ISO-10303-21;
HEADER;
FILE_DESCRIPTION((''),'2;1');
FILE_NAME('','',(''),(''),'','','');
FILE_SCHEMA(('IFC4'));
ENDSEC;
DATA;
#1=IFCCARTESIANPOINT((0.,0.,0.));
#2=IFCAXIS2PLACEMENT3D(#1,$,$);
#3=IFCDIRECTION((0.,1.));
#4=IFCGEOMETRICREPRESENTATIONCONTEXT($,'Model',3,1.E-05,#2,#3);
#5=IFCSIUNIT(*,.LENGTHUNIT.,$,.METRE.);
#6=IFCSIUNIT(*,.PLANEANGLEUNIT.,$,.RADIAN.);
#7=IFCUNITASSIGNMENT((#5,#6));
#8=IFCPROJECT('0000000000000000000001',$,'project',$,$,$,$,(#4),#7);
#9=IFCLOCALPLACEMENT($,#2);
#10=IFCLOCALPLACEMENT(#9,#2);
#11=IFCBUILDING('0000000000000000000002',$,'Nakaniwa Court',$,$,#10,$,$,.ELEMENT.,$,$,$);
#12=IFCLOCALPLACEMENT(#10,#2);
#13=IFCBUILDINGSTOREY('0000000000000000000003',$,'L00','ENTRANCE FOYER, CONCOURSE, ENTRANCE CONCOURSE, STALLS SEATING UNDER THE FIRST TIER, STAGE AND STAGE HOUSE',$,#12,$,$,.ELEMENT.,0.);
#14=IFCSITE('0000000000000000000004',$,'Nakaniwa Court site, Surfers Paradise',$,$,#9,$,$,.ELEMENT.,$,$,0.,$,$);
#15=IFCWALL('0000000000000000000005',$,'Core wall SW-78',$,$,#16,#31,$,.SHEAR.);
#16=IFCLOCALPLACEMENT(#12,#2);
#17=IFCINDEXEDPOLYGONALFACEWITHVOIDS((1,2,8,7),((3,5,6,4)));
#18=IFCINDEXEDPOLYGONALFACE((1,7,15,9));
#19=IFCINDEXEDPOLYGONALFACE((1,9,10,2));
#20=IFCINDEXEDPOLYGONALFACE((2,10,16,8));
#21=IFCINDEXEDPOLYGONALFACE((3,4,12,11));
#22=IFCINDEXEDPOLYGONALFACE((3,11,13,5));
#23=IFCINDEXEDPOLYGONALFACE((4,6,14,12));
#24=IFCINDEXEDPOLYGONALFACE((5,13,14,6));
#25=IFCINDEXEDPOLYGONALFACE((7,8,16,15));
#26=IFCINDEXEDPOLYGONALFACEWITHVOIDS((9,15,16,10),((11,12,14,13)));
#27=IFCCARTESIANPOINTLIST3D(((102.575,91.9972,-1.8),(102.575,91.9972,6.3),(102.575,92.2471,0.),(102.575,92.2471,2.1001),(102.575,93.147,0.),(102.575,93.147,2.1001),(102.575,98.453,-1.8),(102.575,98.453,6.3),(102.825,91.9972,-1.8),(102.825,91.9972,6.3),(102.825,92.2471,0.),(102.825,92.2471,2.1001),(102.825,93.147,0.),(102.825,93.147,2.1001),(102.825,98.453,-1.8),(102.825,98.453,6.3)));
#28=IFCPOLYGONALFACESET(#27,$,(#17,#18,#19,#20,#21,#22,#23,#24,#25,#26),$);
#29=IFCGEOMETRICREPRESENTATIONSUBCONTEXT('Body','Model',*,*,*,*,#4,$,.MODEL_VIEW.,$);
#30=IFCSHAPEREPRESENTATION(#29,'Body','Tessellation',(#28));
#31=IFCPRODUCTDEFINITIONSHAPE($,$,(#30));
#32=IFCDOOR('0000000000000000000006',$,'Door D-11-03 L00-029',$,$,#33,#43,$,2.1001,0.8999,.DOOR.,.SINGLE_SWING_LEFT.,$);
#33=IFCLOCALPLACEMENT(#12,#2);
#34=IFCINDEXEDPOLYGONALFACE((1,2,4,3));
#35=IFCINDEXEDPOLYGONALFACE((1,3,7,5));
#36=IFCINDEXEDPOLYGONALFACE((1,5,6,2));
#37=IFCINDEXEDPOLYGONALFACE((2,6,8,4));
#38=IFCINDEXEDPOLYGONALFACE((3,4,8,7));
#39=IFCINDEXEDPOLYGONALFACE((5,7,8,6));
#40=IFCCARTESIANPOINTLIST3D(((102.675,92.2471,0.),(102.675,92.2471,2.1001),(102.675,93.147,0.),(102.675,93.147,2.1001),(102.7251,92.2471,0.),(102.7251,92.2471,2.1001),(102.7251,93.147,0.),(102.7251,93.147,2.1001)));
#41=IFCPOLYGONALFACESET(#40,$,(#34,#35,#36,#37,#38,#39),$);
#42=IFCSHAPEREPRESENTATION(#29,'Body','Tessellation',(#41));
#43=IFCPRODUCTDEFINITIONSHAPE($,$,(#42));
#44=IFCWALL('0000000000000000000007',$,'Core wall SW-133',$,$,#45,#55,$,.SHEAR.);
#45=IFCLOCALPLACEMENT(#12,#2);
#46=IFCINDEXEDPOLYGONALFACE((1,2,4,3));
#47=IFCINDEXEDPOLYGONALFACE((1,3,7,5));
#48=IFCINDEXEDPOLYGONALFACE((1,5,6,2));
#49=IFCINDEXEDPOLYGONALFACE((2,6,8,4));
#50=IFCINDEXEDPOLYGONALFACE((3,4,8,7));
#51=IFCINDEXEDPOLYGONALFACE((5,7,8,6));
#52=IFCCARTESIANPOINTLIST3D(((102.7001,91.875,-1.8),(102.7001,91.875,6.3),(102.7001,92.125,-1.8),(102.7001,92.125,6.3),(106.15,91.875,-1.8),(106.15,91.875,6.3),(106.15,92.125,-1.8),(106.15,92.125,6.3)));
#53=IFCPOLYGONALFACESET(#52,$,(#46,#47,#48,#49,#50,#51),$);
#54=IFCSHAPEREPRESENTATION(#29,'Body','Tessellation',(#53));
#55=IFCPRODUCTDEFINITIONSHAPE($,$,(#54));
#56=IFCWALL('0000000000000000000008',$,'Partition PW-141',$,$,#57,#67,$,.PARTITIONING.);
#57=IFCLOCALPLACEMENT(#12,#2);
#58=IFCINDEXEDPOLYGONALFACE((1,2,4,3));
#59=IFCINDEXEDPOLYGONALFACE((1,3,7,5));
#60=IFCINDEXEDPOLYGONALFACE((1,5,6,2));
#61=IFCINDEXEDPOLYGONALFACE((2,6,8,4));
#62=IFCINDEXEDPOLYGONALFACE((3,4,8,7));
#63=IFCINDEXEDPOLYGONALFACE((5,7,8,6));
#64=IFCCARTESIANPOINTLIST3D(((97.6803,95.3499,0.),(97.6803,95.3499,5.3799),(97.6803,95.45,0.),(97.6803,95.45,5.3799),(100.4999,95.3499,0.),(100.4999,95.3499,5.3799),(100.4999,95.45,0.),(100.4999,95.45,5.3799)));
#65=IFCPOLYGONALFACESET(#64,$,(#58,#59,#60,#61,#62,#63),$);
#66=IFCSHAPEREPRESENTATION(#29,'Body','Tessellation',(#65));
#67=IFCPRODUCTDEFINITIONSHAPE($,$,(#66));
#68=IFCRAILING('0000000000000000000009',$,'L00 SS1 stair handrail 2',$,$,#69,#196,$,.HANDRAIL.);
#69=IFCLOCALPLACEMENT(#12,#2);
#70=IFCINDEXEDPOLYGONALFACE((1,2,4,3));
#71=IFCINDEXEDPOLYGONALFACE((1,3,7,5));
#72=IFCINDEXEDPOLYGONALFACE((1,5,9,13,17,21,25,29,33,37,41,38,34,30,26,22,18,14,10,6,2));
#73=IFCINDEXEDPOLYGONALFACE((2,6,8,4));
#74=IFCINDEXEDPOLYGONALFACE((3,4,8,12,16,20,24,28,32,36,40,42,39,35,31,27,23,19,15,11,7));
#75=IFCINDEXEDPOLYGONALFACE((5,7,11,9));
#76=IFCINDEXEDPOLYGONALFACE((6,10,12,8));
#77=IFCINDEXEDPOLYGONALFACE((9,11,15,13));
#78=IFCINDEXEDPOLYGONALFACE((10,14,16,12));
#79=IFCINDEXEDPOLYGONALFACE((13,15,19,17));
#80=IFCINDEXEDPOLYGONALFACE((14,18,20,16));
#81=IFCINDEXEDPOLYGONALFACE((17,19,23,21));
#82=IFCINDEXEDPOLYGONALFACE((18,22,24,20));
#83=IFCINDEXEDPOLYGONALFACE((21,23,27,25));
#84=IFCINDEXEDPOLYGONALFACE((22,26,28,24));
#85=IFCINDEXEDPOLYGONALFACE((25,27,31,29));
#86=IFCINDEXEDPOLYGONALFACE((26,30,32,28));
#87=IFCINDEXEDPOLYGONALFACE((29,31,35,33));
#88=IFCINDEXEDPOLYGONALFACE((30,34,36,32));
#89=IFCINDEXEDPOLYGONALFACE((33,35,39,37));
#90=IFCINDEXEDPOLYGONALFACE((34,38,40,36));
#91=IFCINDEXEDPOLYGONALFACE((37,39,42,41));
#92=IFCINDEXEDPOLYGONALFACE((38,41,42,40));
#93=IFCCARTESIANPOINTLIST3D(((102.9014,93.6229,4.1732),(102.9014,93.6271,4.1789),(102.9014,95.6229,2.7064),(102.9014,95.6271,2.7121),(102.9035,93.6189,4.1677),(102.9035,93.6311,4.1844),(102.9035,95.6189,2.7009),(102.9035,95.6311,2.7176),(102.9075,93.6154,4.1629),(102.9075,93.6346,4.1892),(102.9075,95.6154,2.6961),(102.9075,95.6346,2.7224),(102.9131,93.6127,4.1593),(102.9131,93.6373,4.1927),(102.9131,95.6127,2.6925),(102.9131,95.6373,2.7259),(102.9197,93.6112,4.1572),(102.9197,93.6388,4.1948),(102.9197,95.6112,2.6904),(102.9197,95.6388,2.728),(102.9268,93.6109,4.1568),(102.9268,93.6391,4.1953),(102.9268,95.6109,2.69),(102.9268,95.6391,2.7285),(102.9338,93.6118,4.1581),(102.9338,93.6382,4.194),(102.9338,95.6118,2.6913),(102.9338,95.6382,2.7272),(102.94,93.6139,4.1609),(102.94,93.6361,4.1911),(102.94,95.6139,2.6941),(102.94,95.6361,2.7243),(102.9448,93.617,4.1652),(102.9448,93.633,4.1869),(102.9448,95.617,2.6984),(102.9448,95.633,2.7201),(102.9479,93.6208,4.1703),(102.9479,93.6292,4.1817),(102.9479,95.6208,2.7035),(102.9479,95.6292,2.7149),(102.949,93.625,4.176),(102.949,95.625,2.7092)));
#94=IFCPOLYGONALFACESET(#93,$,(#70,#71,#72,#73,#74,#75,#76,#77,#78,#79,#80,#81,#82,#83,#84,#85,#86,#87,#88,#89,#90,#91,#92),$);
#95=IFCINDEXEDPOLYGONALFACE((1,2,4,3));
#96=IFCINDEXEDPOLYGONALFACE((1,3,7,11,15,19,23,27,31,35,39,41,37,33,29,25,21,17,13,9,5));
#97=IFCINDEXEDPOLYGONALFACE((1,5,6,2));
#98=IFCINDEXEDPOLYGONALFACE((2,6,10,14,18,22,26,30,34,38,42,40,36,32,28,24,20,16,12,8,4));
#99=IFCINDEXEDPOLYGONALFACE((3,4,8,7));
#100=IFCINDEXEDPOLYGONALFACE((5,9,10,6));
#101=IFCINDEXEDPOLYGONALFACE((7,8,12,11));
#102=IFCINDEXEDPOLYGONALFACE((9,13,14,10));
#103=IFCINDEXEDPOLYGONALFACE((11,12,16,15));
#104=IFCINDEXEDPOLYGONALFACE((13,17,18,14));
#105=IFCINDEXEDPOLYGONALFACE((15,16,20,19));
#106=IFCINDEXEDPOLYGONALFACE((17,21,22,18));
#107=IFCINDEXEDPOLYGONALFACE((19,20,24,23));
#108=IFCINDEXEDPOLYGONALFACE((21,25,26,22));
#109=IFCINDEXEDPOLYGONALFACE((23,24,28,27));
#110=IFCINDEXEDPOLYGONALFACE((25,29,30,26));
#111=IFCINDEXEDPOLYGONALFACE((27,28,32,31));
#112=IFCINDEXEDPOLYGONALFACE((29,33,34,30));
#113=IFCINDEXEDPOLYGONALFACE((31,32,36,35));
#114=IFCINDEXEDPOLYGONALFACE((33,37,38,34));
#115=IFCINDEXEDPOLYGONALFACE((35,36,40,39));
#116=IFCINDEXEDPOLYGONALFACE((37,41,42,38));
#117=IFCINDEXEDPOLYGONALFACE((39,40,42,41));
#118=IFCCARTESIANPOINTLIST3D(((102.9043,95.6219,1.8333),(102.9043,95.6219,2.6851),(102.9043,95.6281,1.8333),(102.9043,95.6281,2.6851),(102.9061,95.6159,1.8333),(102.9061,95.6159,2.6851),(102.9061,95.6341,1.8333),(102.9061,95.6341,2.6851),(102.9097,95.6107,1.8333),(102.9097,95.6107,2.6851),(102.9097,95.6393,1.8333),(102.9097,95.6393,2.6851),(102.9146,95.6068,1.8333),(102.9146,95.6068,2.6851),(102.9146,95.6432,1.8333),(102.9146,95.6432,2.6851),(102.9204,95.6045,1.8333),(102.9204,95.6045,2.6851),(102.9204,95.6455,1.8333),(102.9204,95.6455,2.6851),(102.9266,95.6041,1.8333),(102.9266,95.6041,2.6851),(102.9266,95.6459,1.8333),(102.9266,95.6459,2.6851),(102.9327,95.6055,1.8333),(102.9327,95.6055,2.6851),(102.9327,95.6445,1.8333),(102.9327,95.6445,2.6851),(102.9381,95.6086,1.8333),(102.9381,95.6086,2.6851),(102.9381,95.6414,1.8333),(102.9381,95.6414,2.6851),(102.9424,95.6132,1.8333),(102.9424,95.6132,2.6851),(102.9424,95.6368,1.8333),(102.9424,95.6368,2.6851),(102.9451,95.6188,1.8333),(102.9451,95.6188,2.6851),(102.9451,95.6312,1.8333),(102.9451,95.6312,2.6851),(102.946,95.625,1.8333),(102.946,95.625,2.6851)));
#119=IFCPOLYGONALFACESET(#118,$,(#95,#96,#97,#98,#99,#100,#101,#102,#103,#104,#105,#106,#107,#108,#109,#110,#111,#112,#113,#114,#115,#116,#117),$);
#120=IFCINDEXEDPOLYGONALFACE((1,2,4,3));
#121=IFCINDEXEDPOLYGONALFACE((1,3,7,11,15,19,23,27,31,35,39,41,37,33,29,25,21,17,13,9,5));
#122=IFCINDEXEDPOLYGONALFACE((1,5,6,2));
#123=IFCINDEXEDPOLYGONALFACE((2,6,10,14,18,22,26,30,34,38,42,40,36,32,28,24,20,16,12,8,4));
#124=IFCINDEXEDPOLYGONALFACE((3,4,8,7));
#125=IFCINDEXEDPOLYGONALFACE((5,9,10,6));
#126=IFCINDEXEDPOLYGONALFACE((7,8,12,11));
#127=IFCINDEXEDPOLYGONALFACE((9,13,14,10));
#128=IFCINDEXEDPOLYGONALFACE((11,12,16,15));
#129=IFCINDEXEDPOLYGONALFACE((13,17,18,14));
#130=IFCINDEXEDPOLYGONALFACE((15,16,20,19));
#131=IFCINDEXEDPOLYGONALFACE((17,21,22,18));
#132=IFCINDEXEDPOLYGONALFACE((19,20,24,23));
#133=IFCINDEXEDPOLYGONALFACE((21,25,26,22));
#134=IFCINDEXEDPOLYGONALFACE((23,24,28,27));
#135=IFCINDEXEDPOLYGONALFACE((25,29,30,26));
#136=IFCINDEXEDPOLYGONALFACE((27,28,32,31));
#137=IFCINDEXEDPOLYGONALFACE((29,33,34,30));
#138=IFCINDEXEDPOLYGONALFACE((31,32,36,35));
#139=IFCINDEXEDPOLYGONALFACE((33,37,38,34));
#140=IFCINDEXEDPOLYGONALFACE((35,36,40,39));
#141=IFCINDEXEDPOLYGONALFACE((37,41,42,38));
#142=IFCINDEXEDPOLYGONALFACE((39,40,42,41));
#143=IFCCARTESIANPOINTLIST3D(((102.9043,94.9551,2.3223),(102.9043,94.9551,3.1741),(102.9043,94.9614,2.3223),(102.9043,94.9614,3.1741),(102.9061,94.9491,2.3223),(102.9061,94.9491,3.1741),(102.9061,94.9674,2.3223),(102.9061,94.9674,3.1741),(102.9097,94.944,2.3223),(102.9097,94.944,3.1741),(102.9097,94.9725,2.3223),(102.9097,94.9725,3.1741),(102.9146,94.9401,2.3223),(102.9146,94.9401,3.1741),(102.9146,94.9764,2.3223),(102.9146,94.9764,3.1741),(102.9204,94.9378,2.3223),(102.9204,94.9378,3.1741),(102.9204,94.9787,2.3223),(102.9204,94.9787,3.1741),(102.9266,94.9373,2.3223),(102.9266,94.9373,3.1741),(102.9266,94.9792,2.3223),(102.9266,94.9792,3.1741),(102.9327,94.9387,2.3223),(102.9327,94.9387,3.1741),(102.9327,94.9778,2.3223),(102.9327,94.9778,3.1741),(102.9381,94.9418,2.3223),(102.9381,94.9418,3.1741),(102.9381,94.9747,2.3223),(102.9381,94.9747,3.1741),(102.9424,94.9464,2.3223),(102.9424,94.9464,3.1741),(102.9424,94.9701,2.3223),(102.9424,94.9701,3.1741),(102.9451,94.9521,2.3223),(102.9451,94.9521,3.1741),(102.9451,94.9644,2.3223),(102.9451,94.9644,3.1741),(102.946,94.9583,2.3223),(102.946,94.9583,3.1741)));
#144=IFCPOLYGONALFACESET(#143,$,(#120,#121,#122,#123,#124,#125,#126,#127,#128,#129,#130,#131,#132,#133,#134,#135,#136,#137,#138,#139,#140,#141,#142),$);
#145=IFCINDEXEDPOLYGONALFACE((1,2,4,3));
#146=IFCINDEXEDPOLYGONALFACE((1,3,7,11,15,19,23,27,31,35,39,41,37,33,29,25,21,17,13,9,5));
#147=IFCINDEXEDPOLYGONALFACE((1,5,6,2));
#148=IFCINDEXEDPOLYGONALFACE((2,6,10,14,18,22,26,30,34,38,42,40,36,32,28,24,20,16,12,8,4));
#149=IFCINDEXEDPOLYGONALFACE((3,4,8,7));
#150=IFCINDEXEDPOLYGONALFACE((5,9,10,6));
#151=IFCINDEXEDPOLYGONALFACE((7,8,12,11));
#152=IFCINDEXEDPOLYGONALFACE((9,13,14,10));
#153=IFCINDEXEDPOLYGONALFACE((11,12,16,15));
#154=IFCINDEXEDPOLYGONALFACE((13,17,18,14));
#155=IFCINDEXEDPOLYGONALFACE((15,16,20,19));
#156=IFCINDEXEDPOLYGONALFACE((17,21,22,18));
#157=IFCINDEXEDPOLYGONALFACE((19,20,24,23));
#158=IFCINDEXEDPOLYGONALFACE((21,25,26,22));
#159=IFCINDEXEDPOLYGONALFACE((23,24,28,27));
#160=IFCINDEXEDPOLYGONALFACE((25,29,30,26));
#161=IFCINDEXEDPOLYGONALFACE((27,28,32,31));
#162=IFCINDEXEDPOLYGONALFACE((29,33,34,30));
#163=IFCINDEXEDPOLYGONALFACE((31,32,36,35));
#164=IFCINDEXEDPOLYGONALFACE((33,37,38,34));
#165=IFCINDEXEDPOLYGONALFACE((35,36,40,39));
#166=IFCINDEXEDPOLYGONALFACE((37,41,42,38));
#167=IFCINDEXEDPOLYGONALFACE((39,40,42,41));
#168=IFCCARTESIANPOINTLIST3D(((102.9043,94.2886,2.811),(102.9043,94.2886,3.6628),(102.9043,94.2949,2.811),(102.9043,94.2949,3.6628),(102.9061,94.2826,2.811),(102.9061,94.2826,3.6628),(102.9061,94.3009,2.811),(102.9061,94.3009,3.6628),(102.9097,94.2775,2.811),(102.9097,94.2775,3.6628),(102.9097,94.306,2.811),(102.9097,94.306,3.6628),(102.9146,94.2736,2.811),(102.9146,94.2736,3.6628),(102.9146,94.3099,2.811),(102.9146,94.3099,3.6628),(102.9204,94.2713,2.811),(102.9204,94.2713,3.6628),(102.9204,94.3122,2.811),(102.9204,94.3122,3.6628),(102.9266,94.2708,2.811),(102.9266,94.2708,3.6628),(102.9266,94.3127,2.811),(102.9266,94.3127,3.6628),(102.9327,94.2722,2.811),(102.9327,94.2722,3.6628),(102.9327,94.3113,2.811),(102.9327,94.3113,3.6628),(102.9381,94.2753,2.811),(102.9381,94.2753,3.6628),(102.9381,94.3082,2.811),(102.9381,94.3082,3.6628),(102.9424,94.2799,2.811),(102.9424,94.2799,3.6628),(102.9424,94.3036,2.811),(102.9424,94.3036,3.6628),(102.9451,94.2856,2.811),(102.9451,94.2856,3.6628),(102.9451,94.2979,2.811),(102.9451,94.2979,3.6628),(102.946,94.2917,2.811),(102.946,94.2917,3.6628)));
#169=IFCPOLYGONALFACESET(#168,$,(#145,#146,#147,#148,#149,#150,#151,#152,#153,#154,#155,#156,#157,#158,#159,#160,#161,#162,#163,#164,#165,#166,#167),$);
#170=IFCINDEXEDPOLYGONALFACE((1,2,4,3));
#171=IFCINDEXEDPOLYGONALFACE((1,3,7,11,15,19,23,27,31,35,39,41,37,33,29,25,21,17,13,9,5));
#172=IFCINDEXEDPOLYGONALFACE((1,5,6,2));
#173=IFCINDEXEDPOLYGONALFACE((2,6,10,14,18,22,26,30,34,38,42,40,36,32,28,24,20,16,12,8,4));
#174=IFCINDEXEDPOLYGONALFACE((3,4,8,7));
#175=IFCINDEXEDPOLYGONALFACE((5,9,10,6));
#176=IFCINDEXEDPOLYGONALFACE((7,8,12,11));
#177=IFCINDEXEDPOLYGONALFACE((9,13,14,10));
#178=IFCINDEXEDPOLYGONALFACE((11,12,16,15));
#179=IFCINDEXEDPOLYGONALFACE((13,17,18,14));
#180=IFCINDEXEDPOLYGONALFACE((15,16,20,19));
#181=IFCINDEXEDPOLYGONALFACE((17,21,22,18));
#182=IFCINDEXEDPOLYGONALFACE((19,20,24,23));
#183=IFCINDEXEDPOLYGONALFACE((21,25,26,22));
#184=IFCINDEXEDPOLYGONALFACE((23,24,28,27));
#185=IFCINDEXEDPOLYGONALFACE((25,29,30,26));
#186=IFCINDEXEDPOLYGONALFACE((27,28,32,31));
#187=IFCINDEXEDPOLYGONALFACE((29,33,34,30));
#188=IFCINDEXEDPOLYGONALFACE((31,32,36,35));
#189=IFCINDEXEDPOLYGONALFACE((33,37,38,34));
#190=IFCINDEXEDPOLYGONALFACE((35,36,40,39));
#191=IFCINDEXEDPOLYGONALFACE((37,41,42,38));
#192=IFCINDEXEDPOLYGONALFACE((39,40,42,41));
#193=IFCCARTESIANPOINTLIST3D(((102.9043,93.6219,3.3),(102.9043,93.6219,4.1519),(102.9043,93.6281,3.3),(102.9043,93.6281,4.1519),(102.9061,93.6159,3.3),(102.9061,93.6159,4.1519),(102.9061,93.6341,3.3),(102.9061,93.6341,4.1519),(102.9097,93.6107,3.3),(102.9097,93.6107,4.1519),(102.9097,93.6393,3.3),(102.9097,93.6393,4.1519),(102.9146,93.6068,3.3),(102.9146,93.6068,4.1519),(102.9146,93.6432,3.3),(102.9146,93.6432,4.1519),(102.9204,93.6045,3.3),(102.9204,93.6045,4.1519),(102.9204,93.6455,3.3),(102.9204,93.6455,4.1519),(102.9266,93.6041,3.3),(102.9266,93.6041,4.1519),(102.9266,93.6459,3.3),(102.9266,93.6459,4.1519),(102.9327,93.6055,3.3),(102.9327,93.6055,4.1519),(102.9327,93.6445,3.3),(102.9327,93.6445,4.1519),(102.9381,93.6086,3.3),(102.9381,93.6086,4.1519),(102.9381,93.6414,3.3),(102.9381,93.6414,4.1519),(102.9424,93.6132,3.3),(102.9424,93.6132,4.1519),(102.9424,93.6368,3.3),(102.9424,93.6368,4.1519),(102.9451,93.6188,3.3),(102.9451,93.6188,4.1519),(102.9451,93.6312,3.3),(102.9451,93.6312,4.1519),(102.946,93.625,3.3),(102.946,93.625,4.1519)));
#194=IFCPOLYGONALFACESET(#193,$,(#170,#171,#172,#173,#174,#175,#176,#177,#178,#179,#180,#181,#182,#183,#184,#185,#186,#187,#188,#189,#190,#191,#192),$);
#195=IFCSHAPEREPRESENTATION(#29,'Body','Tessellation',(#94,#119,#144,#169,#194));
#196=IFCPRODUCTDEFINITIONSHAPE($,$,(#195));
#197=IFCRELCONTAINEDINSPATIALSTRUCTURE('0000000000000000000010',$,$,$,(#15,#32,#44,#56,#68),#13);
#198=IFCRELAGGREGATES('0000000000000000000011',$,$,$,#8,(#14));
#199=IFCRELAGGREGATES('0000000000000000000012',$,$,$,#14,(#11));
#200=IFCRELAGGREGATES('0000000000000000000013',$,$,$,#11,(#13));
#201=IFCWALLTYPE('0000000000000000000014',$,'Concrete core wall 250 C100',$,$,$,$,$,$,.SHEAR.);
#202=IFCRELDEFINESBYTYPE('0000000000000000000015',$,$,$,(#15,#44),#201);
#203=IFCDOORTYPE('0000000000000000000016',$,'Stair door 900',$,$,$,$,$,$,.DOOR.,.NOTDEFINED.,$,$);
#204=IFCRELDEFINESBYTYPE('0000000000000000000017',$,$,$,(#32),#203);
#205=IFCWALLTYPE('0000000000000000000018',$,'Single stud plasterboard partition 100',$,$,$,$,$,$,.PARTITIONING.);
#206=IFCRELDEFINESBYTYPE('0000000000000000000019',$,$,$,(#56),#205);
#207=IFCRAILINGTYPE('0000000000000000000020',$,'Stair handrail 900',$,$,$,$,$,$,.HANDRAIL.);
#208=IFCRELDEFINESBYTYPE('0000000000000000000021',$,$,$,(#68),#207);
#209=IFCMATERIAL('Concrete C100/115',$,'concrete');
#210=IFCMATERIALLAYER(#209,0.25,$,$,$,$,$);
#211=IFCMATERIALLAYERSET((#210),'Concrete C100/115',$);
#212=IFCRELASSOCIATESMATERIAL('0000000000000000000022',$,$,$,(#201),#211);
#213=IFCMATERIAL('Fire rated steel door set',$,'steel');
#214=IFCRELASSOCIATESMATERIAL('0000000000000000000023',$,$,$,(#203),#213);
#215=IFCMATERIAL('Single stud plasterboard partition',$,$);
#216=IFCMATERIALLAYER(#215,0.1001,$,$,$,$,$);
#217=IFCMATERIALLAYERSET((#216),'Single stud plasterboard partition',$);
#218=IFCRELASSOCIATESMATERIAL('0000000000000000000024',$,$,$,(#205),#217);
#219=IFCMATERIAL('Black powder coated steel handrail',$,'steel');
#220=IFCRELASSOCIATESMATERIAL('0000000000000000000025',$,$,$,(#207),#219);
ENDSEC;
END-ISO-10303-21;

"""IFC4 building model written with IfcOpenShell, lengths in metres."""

from ifc_helpers import new_model, si_unit, direction, frame, frame_2d, origin, origin_2d, place, context, subcontext, project, spatial, rectangle, circle, extrude, material, layer, layer_set, type_object, element, fill, save


model = new_model("IFC4")

# Units and contexts
model_context = context("Model", 3, precision=1e-05, world=origin(), true_north=direction((0.0, 1.0)))
body_context = subcontext(model_context, "Body", "Model", "MODEL_VIEW")
ifc_project = project(units=[si_unit("LENGTHUNIT", "METRE"), si_unit("PLANEANGLEUNIT", "RADIAN")], contexts=[model_context])

# Site, building, storey
site_placement = place(None, origin())
site = spatial("IfcSite", under=ifc_project, at=site_placement, Name="Nakaniwa Court site, Surfers Paradise", CompositionType="ELEMENT", RefElevation=0.0)
building_placement = place(site_placement, origin())
building = spatial("IfcBuilding", under=site, at=building_placement, Name="Nakaniwa Court", CompositionType="ELEMENT")
storey_placement = place(building_placement, origin())
storey = spatial("IfcBuildingStorey", under=building, at=storey_placement, Name="L00", Description="ENTRANCE FOYER, CONCOURSE, ENTRANCE CONCOURSE, STALLS SEATING UNDER THE FIRST TIER, STAGE AND STAGE HOUSE", CompositionType="ELEMENT", Elevation=0.0)

# Shared definitions
ifc_material_1 = material(Name="Concrete C100/115", Category="concrete")

# Wall, opening, door
ifc_layer_1 = layer(ifc_material_1, 0.25)
ifc_layer_set_1 = layer_set([ifc_layer_1], Name="Concrete C100/115")
wall_type_1 = type_object("IfcWallType", Name="Concrete core wall 250 C100", PredefinedType="SHEAR", material=ifc_layer_set_1)
wall_1_placement = place(storey_placement, frame((102.7, 91.9971, -1.8), z_axis=(0.0, 0.0, 1.0), x_axis=(0.0, 1.0, 0.0)))
wall_1 = element("IfcWall", 1, at=wall_1_placement, inside=storey, type_object=wall_type_1, Name="Core wall SW-78", PredefinedType="SHEAR", context=body_context, shape_type="SweptSolid", body=[
    extrude(rectangle(XDim=6.4558, YDim=0.25, at=frame_2d((3.228, 0.0))), origin(), (0.0, 0.0, 1.0), 8.1001),
])
opening_1_placement = place(wall_1_placement, frame((0.25, 0.0, 1.8)))
opening_1 = element("IfcOpeningElement", 2, at=opening_1_placement, cuts=wall_1, PredefinedType="OPENING", context=body_context, shape_type="SweptSolid", body=[
    extrude(rectangle(XDim=0.8999, YDim=2.1001, at=frame_2d((0.45, 1.05))), frame((0.0, 0.135, 0.0), z_axis=(0.0, -1.0, 0.0), x_axis=(1.0, 0.0, 0.0)), (0.0, 0.0, 1.0), 0.27),
])
ifc_material_2 = material(Name="Fire rated steel door set", Category="steel")
door_type_1 = type_object("IfcDoorType", Name="Stair door 900", OperationType="NOTDEFINED", PredefinedType="DOOR", material=ifc_material_2)
door_1_placement = place(opening_1_placement, origin())
door_1 = element("IfcDoor", 3, at=door_1_placement, inside=storey, type_object=door_type_1, Name="Door D-11-03 L00-029", OperationType="SINGLE_SWING_LEFT", OverallHeight=2.1001, OverallWidth=0.8999, PredefinedType="DOOR", context=body_context, shape_type="SweptSolid", body=[
    extrude(rectangle(XDim=0.8999, YDim=2.1001, at=frame_2d((0.45, 1.05))), frame((0.0, 0.0249, 0.0), z_axis=(0.0, -1.0, 0.0), x_axis=(1.0, 0.0, 0.0)), (0.0, 0.0, 1.0), 0.05),
])
fill(opening_1, door_1)

# Walls
wall_2_placement = place(storey_placement, frame((102.7, 92.0, -1.8), z_axis=(0.0, 0.0, 1.0), x_axis=(1.0, 0.0, 0.0)))
element("IfcWall", 4, at=wall_2_placement, inside=storey, type_object=wall_type_1, Name="Core wall SW-133", PredefinedType="SHEAR", context=body_context, shape_type="SweptSolid", body=[
    extrude(rectangle(XDim=3.45, YDim=0.25, at=frame_2d((1.7251, 0.0))), origin(), (0.0, 0.0, 1.0), 8.1001),
])
ifc_material_3 = material(Name="Single stud plasterboard partition")
ifc_layer_2 = layer(ifc_material_3, 0.1001)
ifc_layer_set_2 = layer_set([ifc_layer_2], Name="Single stud plasterboard partition")
wall_type_2 = type_object("IfcWallType", Name="Single stud plasterboard partition 100", PredefinedType="PARTITIONING", material=ifc_layer_set_2)
wall_3_placement = place(storey_placement, frame((97.6804, 95.3999, 0.0), z_axis=(0.0, 0.0, 1.0), x_axis=(1.0, 0.0, 0.0)))
element("IfcWall", 5, at=wall_3_placement, inside=storey, type_object=wall_type_2, Name="Partition PW-141", PredefinedType="PARTITIONING", context=body_context, shape_type="SweptSolid", body=[
    extrude(rectangle(XDim=2.8196, YDim=0.1001, at=frame_2d((1.4097, 0.0))), origin(), (0.0, 0.0, 1.0), 5.3799),
])

# Railing
ifc_material_4 = material(Name="Black powder coated steel handrail", Category="steel")
railing_type = type_object("IfcRailingType", Name="Stair handrail 900", PredefinedType="HANDRAIL", material=ifc_material_4)
for number, where, name in (
    (6, (102.925, 95.625, 1.8333), "L00 SS1 stair handrail 2"),
):
    element("IfcRailing", number, at=place(storey_placement, frame(where)), inside=storey, type_object=railing_type, Name=name, PredefinedType="HANDRAIL", context=body_context, shape_type="SweptSolid", body=[
        extrude(circle(Radius=0.0239, at=origin_2d()), frame((0.0, 0.0, 0.876), z_axis=(0.0, -0.80638, 0.591398), x_axis=(1.0, 0.0, 0.0)), (0.0, 0.0, 1.0), 2.4802),
        extrude(circle(Radius=0.021, at=origin_2d()), origin(), (0.0, 0.0, 1.0), 0.8518),
        extrude(circle(Radius=0.021, at=origin_2d()), frame((0.0, -0.6667, 0.489)), (0.0, 0.0, 1.0), 0.8518),
        extrude(circle(Radius=0.021, at=origin_2d()), frame((0.0, -1.3333, 0.9778)), (0.0, 0.0, 1.0), 0.8518),
        extrude(circle(Radius=0.021, at=origin_2d()), frame((0.0, -2.0, 1.4668)), (0.0, 0.0, 1.0), 0.8518),
    ])

save(model, "model.ifc")
